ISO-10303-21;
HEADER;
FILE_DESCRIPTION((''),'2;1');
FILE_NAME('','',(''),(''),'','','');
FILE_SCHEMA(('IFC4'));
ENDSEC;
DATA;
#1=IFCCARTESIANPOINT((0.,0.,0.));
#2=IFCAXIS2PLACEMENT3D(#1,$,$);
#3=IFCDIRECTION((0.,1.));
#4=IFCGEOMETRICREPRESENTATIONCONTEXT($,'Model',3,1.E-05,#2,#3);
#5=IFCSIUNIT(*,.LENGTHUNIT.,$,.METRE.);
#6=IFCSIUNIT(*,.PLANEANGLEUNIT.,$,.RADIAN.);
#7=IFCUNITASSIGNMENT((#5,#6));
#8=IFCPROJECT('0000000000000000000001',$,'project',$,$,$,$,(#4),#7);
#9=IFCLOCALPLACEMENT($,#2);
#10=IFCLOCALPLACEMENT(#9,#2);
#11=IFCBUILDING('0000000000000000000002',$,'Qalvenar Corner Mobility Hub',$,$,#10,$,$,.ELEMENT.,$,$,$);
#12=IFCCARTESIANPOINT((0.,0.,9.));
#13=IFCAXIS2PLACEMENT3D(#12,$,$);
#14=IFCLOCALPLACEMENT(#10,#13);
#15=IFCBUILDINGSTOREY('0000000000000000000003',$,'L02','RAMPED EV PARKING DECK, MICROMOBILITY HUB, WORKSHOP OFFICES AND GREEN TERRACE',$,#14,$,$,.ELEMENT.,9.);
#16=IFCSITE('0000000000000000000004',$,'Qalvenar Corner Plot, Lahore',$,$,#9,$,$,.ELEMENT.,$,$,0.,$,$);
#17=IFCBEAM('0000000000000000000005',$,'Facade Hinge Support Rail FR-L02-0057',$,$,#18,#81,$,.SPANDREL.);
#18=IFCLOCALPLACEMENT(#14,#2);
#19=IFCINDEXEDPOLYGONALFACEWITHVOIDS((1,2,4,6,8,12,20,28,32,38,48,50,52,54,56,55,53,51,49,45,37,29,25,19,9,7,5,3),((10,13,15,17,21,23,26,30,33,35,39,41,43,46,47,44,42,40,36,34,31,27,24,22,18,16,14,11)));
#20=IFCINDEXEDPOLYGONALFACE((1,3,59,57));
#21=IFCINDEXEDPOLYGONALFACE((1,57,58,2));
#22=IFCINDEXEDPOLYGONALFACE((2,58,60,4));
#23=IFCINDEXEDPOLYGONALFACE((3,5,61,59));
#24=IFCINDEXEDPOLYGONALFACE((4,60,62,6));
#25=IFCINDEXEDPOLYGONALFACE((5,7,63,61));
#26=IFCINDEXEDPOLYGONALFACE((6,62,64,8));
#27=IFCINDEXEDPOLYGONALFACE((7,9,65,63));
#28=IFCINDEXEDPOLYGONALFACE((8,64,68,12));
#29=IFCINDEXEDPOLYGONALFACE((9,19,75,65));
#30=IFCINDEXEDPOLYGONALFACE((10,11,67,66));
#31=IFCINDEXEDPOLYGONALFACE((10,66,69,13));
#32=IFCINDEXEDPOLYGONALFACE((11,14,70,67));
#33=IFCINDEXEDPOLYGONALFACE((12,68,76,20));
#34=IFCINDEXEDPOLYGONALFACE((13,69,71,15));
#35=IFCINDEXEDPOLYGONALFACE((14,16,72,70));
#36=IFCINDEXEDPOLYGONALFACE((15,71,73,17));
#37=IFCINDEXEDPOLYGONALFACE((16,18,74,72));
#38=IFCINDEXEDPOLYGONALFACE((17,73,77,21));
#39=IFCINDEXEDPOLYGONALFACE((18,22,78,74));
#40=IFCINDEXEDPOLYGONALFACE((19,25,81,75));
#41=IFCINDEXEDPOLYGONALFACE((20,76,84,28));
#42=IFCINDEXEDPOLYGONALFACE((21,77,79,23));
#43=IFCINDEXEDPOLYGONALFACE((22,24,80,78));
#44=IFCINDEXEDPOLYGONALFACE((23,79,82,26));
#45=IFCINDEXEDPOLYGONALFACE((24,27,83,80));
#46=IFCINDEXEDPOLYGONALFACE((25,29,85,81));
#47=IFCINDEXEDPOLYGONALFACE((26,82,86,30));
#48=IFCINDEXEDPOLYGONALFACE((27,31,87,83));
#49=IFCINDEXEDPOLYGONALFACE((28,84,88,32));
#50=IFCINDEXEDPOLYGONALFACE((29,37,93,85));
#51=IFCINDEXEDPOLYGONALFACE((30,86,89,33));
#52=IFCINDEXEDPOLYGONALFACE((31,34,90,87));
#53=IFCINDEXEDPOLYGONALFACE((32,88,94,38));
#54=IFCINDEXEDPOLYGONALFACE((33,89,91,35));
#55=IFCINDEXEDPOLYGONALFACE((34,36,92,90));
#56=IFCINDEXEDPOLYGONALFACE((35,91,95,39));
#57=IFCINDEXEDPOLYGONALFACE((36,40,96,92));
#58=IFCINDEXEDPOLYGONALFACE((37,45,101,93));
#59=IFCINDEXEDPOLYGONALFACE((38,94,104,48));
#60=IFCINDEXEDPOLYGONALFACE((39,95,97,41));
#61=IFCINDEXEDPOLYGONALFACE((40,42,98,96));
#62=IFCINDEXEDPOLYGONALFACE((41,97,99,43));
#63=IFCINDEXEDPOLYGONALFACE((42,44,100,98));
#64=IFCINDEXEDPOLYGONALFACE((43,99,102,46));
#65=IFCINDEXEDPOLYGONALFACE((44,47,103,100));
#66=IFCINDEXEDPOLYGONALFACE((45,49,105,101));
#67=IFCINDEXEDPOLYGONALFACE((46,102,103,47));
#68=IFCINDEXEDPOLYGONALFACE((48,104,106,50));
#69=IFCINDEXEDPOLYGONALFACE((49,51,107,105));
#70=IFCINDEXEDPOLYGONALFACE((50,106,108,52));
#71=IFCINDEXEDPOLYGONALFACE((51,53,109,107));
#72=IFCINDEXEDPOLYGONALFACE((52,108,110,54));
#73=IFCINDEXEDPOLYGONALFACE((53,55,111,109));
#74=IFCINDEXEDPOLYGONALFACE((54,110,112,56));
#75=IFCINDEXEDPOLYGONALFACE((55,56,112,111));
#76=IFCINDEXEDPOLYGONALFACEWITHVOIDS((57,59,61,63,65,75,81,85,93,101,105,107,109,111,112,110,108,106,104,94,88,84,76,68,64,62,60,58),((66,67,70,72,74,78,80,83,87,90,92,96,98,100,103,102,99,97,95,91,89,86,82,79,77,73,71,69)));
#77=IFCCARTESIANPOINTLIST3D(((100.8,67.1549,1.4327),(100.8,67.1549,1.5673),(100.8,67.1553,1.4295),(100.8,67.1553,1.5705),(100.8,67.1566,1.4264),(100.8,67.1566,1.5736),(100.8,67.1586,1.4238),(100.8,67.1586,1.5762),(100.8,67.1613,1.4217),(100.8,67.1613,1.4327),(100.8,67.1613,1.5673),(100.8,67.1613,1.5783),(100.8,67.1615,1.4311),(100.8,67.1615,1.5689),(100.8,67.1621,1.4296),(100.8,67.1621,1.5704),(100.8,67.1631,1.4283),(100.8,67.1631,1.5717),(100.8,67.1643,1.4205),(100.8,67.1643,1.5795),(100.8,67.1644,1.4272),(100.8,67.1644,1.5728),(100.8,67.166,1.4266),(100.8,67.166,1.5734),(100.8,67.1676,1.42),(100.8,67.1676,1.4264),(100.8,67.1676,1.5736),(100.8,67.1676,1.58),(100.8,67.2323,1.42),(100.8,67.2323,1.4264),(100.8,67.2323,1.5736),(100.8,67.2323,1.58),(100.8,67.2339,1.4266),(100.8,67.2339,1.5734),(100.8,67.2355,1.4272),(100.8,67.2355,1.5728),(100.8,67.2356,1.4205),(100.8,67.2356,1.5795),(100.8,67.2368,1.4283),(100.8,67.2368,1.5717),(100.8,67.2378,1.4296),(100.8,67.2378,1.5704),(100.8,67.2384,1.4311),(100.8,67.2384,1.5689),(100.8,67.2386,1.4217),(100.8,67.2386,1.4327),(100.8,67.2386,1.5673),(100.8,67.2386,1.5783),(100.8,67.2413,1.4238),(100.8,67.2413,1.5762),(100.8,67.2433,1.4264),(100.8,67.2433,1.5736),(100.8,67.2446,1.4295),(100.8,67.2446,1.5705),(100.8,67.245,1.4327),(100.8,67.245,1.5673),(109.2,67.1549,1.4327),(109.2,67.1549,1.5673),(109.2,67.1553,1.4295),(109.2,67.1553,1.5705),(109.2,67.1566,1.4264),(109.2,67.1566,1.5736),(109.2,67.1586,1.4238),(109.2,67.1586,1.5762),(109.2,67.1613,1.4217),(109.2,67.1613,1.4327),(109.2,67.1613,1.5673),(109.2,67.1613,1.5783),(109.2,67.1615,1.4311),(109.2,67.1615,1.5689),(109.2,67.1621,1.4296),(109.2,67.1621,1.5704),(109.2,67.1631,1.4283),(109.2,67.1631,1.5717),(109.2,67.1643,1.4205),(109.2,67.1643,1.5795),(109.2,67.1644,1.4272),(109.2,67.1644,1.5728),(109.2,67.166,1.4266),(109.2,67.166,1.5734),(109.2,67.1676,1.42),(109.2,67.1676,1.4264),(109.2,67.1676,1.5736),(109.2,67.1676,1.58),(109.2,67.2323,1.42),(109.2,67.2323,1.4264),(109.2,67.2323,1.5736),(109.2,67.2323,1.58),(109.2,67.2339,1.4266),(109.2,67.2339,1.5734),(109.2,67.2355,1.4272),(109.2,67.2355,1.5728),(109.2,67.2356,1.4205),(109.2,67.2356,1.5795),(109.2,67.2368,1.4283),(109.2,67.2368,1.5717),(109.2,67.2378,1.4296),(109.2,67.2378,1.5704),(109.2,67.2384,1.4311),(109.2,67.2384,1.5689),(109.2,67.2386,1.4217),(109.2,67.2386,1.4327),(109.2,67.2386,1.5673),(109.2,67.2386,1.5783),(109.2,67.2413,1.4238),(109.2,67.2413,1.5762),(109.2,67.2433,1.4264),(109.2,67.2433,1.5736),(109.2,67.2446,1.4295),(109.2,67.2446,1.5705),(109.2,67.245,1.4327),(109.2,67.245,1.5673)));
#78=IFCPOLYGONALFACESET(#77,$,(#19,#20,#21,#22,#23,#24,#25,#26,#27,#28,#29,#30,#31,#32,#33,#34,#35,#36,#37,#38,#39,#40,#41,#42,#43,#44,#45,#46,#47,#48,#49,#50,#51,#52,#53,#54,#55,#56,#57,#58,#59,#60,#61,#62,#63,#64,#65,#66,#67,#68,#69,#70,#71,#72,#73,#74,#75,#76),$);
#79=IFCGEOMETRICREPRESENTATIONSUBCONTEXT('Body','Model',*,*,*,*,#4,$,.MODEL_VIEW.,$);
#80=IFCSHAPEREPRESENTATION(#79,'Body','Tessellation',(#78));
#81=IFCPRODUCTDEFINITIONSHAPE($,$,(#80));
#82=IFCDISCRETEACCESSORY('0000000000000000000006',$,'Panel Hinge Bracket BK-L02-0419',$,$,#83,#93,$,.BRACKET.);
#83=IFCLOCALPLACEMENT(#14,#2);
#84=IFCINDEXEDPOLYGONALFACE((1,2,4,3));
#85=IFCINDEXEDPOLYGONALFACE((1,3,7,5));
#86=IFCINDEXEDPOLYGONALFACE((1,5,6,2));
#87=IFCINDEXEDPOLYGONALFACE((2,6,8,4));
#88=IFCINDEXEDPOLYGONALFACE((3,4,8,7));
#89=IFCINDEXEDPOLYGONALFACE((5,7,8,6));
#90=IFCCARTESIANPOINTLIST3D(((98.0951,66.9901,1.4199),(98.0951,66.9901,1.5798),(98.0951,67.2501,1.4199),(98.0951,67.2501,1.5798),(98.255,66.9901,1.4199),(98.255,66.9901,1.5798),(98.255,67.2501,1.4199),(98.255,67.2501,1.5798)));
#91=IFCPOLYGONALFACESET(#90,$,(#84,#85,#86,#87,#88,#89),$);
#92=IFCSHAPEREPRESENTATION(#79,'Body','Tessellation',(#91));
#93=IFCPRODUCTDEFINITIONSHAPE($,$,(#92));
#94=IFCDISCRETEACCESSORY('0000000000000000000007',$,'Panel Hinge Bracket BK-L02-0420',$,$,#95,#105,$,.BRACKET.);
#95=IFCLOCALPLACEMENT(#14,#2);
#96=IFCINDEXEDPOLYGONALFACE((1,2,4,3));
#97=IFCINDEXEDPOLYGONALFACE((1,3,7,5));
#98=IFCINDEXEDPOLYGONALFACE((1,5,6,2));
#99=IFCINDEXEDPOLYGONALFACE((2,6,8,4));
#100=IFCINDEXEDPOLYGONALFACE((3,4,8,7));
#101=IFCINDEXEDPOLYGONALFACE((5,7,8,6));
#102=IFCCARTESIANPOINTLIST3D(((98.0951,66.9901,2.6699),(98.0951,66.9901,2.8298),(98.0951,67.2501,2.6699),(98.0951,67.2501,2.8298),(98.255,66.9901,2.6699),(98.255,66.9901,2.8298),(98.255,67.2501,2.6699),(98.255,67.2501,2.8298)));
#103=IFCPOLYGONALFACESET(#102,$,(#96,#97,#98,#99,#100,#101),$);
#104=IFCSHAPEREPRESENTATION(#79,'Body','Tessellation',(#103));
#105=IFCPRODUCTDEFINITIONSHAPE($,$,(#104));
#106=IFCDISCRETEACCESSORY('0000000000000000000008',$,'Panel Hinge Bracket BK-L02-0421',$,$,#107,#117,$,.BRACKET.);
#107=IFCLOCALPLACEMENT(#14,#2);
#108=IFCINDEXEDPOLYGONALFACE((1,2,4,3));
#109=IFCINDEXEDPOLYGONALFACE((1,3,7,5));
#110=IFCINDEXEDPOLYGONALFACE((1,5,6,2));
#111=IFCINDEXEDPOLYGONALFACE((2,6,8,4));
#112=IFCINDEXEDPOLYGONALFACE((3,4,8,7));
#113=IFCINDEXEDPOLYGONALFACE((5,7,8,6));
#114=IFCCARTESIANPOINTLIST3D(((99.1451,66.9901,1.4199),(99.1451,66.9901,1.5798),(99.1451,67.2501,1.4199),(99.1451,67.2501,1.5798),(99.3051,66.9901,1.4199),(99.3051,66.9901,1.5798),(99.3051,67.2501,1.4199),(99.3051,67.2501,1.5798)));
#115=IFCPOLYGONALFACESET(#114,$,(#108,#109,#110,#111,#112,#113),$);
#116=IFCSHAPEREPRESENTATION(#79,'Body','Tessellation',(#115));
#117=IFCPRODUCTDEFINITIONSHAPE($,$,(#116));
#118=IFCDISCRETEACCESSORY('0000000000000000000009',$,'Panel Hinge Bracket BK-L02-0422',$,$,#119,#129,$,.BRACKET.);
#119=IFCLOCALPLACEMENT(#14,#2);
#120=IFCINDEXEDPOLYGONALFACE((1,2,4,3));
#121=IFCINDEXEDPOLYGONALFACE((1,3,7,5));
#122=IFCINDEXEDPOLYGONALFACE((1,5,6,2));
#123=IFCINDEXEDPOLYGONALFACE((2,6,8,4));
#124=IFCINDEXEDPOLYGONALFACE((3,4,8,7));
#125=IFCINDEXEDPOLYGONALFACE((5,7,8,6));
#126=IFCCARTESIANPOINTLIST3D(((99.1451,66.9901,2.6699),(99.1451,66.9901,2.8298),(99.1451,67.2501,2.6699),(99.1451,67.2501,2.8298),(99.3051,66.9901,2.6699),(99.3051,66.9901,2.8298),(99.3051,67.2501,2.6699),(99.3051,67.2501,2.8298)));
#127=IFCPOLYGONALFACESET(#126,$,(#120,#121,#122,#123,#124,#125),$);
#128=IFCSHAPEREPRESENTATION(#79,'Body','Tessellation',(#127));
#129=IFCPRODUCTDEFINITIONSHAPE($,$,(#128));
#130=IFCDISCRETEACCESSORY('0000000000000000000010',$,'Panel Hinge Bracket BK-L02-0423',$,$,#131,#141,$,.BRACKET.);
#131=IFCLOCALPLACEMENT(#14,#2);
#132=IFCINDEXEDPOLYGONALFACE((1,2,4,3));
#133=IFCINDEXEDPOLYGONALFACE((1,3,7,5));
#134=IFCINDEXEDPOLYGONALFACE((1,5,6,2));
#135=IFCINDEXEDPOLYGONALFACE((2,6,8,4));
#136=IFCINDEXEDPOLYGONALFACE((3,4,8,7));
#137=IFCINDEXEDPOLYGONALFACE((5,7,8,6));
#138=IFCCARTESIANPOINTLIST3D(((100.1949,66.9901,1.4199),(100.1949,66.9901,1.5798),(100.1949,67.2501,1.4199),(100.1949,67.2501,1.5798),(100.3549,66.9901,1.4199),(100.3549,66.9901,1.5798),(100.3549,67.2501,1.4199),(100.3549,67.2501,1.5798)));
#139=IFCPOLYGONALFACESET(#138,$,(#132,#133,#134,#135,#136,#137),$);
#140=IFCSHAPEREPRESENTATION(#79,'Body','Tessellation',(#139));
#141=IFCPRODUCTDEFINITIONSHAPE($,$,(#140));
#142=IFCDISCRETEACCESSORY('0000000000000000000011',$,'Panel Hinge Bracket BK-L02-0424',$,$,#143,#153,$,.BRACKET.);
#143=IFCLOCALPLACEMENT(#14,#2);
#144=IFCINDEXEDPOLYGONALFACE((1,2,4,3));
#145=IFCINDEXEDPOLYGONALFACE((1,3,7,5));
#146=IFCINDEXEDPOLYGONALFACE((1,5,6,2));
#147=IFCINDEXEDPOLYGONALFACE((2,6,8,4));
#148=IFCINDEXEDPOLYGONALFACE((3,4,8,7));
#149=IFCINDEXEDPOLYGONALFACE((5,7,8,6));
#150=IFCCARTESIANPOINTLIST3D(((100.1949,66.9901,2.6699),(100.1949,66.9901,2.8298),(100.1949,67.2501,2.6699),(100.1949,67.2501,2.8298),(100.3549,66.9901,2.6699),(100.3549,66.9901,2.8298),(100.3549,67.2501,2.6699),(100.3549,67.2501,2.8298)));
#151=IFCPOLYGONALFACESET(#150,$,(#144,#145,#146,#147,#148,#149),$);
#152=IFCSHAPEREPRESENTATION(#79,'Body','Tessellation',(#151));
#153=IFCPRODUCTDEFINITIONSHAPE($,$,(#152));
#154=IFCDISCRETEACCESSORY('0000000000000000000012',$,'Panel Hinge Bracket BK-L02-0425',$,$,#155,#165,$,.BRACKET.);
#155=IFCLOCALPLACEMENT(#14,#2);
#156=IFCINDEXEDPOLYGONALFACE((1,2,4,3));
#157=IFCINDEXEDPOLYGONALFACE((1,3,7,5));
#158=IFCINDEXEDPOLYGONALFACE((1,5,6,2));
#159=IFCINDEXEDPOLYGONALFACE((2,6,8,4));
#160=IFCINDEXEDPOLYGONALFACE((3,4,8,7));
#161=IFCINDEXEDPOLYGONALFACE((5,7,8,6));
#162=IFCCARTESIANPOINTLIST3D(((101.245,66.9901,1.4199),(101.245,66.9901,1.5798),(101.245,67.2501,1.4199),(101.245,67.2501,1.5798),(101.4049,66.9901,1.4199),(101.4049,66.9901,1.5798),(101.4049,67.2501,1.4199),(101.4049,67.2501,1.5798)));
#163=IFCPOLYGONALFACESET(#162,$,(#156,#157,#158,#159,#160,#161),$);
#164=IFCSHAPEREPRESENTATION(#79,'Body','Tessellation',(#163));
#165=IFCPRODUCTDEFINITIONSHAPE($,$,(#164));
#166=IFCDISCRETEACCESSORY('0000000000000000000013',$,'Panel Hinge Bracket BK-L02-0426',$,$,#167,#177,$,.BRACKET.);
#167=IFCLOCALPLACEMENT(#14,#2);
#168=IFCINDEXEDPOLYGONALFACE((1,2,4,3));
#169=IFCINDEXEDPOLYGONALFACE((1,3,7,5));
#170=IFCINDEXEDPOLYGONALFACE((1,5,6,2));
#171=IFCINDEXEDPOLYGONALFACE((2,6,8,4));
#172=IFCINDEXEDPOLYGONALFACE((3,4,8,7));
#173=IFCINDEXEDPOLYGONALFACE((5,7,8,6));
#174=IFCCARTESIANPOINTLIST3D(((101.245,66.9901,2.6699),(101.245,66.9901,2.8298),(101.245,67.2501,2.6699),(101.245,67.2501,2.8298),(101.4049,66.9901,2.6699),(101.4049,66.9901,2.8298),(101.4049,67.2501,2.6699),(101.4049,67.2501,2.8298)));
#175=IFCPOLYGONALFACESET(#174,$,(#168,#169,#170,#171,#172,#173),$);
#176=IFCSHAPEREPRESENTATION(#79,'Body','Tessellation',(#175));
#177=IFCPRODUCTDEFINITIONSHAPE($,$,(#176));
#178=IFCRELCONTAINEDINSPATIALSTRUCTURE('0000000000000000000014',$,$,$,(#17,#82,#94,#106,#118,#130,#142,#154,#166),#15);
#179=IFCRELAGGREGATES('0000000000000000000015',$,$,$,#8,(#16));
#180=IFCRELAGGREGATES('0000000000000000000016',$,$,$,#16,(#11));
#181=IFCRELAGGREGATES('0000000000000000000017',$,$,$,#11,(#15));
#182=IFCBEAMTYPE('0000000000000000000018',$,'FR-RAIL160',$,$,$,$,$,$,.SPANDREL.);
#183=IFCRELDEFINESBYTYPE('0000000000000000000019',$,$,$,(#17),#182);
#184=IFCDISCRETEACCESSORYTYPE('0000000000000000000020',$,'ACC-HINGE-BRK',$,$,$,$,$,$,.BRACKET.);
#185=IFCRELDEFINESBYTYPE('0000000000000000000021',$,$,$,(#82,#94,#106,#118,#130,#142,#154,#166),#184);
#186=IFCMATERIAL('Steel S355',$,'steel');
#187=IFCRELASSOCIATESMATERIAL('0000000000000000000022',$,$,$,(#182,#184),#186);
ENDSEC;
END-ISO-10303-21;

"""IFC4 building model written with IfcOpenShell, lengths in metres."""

from ifc_helpers import new_model, si_unit, direction, frame, origin, origin_2d, place, context, subcontext, project, spatial, rectangle, hollow_rectangle, extrude, material, material_profile, profile_set, type_object, element, save


model = new_model("IFC4")

# Units and contexts
model_context = context("Model", 3, precision=1e-05, world=origin(), true_north=direction((0.0, 1.0)))
body_context = subcontext(model_context, "Body", "Model", "MODEL_VIEW")
ifc_project = project(units=[si_unit("LENGTHUNIT", "METRE"), si_unit("PLANEANGLEUNIT", "RADIAN")], contexts=[model_context])

# Site, building, storey
site_placement = place(None, origin())
site = spatial("IfcSite", under=ifc_project, at=site_placement, Name="Qalvenar Corner Plot, Lahore", CompositionType="ELEMENT", RefElevation=0.0)
building_placement = place(site_placement, origin())
building = spatial("IfcBuilding", under=site, at=building_placement, Name="Qalvenar Corner Mobility Hub", CompositionType="ELEMENT")
storey_placement = place(building_placement, frame((0.0, 0.0, 9.0)))
storey = spatial("IfcBuildingStorey", under=building, at=storey_placement, Name="L02", Description="RAMPED EV PARKING DECK, MICROMOBILITY HUB, WORKSHOP OFFICES AND GREEN TERRACE", CompositionType="ELEMENT", Elevation=9.0)

# Shared definitions
ifc_material = material(Name="Steel S355", Category="steel")

# Beam
ifc_material_profile_1 = material_profile(ifc_material, hollow_rectangle(XDim=0.0901, YDim=0.1599, WallThickness=0.0063, InnerFilletRadius=0.0063, OuterFilletRadius=0.0127, at=origin_2d()), Name="RHS160x90x6.3")
ifc_profile_set_1 = profile_set([ifc_material_profile_1], Name="Steel S355")
beam_type_1 = type_object("IfcBeamType", Name="FR-RAIL160", PredefinedType="SPANDREL", material=ifc_profile_set_1)
beam_1_placement = place(storey_placement, frame((100.8, 67.2, 1.5), z_axis=(1.0, 0.0, 0.0), x_axis=(0.0, 1.0, 0.0)))
element("IfcBeam", 1, at=beam_1_placement, inside=storey, type_object=beam_type_1, Name="Facade Hinge Support Rail FR-L02-0057", PredefinedType="SPANDREL", context=body_context, shape_type="SweptSolid", body=[
    extrude(hollow_rectangle(XDim=0.0901, YDim=0.1599, WallThickness=0.0063, InnerFilletRadius=0.0063, OuterFilletRadius=0.0127, at=origin_2d()), origin(), (0.0, 0.0, 1.0), 8.3999),
])

# Discrete accessories
discrete_accessory_type = type_object("IfcDiscreteAccessoryType", Name="ACC-HINGE-BRK", PredefinedType="BRACKET", material=ifc_material)
for number, where, z_axis, x_axis, name in (
    (2, (98.175, 67.1201, 1.4199), (0.0, 0.0, 1.0), (1.0, 0.0, 0.0), "Panel Hinge Bracket BK-L02-0419"),
    (3, (98.175, 67.1201, 2.6699), (0.0, 0.0, 1.0), (1.0, 0.0, 0.0), "Panel Hinge Bracket BK-L02-0420"),
    (4, (99.2251, 67.1201, 1.4199), (0.0, 0.0, 1.0), (1.0, 0.0, 0.0), "Panel Hinge Bracket BK-L02-0421"),
    (5, (99.2251, 67.1201, 2.6699), (0.0, 0.0, 1.0), (1.0, 0.0, 0.0), "Panel Hinge Bracket BK-L02-0422"),
    (6, (100.2749, 67.1201, 1.4199), (0.0, 0.0, 1.0), (1.0, 0.0, 0.0), "Panel Hinge Bracket BK-L02-0423"),
    (7, (100.2749, 67.1201, 2.6699), (0.0, 0.0, 1.0), (1.0, 0.0, 0.0), "Panel Hinge Bracket BK-L02-0424"),
    (8, (101.325, 67.1201, 1.4199), (0.0, 0.0, 1.0), (1.0, 0.0, 0.0), "Panel Hinge Bracket BK-L02-0425"),
    (9, (101.325, 67.1201, 2.6699), (0.0, 0.0, 1.0), (1.0, 0.0, 0.0), "Panel Hinge Bracket BK-L02-0426"),
):
    element("IfcDiscreteAccessory", number, at=place(storey_placement, frame(where, z_axis=z_axis, x_axis=x_axis)), inside=storey, type_object=discrete_accessory_type, Name=name, PredefinedType="BRACKET", context=body_context, shape_type="SweptSolid", body=[
        extrude(rectangle(XDim=0.1599, YDim=0.26, at=origin_2d()), origin(), (0.0, 0.0, 1.0), 0.1599),
    ])

save(model, "model.ifc")
